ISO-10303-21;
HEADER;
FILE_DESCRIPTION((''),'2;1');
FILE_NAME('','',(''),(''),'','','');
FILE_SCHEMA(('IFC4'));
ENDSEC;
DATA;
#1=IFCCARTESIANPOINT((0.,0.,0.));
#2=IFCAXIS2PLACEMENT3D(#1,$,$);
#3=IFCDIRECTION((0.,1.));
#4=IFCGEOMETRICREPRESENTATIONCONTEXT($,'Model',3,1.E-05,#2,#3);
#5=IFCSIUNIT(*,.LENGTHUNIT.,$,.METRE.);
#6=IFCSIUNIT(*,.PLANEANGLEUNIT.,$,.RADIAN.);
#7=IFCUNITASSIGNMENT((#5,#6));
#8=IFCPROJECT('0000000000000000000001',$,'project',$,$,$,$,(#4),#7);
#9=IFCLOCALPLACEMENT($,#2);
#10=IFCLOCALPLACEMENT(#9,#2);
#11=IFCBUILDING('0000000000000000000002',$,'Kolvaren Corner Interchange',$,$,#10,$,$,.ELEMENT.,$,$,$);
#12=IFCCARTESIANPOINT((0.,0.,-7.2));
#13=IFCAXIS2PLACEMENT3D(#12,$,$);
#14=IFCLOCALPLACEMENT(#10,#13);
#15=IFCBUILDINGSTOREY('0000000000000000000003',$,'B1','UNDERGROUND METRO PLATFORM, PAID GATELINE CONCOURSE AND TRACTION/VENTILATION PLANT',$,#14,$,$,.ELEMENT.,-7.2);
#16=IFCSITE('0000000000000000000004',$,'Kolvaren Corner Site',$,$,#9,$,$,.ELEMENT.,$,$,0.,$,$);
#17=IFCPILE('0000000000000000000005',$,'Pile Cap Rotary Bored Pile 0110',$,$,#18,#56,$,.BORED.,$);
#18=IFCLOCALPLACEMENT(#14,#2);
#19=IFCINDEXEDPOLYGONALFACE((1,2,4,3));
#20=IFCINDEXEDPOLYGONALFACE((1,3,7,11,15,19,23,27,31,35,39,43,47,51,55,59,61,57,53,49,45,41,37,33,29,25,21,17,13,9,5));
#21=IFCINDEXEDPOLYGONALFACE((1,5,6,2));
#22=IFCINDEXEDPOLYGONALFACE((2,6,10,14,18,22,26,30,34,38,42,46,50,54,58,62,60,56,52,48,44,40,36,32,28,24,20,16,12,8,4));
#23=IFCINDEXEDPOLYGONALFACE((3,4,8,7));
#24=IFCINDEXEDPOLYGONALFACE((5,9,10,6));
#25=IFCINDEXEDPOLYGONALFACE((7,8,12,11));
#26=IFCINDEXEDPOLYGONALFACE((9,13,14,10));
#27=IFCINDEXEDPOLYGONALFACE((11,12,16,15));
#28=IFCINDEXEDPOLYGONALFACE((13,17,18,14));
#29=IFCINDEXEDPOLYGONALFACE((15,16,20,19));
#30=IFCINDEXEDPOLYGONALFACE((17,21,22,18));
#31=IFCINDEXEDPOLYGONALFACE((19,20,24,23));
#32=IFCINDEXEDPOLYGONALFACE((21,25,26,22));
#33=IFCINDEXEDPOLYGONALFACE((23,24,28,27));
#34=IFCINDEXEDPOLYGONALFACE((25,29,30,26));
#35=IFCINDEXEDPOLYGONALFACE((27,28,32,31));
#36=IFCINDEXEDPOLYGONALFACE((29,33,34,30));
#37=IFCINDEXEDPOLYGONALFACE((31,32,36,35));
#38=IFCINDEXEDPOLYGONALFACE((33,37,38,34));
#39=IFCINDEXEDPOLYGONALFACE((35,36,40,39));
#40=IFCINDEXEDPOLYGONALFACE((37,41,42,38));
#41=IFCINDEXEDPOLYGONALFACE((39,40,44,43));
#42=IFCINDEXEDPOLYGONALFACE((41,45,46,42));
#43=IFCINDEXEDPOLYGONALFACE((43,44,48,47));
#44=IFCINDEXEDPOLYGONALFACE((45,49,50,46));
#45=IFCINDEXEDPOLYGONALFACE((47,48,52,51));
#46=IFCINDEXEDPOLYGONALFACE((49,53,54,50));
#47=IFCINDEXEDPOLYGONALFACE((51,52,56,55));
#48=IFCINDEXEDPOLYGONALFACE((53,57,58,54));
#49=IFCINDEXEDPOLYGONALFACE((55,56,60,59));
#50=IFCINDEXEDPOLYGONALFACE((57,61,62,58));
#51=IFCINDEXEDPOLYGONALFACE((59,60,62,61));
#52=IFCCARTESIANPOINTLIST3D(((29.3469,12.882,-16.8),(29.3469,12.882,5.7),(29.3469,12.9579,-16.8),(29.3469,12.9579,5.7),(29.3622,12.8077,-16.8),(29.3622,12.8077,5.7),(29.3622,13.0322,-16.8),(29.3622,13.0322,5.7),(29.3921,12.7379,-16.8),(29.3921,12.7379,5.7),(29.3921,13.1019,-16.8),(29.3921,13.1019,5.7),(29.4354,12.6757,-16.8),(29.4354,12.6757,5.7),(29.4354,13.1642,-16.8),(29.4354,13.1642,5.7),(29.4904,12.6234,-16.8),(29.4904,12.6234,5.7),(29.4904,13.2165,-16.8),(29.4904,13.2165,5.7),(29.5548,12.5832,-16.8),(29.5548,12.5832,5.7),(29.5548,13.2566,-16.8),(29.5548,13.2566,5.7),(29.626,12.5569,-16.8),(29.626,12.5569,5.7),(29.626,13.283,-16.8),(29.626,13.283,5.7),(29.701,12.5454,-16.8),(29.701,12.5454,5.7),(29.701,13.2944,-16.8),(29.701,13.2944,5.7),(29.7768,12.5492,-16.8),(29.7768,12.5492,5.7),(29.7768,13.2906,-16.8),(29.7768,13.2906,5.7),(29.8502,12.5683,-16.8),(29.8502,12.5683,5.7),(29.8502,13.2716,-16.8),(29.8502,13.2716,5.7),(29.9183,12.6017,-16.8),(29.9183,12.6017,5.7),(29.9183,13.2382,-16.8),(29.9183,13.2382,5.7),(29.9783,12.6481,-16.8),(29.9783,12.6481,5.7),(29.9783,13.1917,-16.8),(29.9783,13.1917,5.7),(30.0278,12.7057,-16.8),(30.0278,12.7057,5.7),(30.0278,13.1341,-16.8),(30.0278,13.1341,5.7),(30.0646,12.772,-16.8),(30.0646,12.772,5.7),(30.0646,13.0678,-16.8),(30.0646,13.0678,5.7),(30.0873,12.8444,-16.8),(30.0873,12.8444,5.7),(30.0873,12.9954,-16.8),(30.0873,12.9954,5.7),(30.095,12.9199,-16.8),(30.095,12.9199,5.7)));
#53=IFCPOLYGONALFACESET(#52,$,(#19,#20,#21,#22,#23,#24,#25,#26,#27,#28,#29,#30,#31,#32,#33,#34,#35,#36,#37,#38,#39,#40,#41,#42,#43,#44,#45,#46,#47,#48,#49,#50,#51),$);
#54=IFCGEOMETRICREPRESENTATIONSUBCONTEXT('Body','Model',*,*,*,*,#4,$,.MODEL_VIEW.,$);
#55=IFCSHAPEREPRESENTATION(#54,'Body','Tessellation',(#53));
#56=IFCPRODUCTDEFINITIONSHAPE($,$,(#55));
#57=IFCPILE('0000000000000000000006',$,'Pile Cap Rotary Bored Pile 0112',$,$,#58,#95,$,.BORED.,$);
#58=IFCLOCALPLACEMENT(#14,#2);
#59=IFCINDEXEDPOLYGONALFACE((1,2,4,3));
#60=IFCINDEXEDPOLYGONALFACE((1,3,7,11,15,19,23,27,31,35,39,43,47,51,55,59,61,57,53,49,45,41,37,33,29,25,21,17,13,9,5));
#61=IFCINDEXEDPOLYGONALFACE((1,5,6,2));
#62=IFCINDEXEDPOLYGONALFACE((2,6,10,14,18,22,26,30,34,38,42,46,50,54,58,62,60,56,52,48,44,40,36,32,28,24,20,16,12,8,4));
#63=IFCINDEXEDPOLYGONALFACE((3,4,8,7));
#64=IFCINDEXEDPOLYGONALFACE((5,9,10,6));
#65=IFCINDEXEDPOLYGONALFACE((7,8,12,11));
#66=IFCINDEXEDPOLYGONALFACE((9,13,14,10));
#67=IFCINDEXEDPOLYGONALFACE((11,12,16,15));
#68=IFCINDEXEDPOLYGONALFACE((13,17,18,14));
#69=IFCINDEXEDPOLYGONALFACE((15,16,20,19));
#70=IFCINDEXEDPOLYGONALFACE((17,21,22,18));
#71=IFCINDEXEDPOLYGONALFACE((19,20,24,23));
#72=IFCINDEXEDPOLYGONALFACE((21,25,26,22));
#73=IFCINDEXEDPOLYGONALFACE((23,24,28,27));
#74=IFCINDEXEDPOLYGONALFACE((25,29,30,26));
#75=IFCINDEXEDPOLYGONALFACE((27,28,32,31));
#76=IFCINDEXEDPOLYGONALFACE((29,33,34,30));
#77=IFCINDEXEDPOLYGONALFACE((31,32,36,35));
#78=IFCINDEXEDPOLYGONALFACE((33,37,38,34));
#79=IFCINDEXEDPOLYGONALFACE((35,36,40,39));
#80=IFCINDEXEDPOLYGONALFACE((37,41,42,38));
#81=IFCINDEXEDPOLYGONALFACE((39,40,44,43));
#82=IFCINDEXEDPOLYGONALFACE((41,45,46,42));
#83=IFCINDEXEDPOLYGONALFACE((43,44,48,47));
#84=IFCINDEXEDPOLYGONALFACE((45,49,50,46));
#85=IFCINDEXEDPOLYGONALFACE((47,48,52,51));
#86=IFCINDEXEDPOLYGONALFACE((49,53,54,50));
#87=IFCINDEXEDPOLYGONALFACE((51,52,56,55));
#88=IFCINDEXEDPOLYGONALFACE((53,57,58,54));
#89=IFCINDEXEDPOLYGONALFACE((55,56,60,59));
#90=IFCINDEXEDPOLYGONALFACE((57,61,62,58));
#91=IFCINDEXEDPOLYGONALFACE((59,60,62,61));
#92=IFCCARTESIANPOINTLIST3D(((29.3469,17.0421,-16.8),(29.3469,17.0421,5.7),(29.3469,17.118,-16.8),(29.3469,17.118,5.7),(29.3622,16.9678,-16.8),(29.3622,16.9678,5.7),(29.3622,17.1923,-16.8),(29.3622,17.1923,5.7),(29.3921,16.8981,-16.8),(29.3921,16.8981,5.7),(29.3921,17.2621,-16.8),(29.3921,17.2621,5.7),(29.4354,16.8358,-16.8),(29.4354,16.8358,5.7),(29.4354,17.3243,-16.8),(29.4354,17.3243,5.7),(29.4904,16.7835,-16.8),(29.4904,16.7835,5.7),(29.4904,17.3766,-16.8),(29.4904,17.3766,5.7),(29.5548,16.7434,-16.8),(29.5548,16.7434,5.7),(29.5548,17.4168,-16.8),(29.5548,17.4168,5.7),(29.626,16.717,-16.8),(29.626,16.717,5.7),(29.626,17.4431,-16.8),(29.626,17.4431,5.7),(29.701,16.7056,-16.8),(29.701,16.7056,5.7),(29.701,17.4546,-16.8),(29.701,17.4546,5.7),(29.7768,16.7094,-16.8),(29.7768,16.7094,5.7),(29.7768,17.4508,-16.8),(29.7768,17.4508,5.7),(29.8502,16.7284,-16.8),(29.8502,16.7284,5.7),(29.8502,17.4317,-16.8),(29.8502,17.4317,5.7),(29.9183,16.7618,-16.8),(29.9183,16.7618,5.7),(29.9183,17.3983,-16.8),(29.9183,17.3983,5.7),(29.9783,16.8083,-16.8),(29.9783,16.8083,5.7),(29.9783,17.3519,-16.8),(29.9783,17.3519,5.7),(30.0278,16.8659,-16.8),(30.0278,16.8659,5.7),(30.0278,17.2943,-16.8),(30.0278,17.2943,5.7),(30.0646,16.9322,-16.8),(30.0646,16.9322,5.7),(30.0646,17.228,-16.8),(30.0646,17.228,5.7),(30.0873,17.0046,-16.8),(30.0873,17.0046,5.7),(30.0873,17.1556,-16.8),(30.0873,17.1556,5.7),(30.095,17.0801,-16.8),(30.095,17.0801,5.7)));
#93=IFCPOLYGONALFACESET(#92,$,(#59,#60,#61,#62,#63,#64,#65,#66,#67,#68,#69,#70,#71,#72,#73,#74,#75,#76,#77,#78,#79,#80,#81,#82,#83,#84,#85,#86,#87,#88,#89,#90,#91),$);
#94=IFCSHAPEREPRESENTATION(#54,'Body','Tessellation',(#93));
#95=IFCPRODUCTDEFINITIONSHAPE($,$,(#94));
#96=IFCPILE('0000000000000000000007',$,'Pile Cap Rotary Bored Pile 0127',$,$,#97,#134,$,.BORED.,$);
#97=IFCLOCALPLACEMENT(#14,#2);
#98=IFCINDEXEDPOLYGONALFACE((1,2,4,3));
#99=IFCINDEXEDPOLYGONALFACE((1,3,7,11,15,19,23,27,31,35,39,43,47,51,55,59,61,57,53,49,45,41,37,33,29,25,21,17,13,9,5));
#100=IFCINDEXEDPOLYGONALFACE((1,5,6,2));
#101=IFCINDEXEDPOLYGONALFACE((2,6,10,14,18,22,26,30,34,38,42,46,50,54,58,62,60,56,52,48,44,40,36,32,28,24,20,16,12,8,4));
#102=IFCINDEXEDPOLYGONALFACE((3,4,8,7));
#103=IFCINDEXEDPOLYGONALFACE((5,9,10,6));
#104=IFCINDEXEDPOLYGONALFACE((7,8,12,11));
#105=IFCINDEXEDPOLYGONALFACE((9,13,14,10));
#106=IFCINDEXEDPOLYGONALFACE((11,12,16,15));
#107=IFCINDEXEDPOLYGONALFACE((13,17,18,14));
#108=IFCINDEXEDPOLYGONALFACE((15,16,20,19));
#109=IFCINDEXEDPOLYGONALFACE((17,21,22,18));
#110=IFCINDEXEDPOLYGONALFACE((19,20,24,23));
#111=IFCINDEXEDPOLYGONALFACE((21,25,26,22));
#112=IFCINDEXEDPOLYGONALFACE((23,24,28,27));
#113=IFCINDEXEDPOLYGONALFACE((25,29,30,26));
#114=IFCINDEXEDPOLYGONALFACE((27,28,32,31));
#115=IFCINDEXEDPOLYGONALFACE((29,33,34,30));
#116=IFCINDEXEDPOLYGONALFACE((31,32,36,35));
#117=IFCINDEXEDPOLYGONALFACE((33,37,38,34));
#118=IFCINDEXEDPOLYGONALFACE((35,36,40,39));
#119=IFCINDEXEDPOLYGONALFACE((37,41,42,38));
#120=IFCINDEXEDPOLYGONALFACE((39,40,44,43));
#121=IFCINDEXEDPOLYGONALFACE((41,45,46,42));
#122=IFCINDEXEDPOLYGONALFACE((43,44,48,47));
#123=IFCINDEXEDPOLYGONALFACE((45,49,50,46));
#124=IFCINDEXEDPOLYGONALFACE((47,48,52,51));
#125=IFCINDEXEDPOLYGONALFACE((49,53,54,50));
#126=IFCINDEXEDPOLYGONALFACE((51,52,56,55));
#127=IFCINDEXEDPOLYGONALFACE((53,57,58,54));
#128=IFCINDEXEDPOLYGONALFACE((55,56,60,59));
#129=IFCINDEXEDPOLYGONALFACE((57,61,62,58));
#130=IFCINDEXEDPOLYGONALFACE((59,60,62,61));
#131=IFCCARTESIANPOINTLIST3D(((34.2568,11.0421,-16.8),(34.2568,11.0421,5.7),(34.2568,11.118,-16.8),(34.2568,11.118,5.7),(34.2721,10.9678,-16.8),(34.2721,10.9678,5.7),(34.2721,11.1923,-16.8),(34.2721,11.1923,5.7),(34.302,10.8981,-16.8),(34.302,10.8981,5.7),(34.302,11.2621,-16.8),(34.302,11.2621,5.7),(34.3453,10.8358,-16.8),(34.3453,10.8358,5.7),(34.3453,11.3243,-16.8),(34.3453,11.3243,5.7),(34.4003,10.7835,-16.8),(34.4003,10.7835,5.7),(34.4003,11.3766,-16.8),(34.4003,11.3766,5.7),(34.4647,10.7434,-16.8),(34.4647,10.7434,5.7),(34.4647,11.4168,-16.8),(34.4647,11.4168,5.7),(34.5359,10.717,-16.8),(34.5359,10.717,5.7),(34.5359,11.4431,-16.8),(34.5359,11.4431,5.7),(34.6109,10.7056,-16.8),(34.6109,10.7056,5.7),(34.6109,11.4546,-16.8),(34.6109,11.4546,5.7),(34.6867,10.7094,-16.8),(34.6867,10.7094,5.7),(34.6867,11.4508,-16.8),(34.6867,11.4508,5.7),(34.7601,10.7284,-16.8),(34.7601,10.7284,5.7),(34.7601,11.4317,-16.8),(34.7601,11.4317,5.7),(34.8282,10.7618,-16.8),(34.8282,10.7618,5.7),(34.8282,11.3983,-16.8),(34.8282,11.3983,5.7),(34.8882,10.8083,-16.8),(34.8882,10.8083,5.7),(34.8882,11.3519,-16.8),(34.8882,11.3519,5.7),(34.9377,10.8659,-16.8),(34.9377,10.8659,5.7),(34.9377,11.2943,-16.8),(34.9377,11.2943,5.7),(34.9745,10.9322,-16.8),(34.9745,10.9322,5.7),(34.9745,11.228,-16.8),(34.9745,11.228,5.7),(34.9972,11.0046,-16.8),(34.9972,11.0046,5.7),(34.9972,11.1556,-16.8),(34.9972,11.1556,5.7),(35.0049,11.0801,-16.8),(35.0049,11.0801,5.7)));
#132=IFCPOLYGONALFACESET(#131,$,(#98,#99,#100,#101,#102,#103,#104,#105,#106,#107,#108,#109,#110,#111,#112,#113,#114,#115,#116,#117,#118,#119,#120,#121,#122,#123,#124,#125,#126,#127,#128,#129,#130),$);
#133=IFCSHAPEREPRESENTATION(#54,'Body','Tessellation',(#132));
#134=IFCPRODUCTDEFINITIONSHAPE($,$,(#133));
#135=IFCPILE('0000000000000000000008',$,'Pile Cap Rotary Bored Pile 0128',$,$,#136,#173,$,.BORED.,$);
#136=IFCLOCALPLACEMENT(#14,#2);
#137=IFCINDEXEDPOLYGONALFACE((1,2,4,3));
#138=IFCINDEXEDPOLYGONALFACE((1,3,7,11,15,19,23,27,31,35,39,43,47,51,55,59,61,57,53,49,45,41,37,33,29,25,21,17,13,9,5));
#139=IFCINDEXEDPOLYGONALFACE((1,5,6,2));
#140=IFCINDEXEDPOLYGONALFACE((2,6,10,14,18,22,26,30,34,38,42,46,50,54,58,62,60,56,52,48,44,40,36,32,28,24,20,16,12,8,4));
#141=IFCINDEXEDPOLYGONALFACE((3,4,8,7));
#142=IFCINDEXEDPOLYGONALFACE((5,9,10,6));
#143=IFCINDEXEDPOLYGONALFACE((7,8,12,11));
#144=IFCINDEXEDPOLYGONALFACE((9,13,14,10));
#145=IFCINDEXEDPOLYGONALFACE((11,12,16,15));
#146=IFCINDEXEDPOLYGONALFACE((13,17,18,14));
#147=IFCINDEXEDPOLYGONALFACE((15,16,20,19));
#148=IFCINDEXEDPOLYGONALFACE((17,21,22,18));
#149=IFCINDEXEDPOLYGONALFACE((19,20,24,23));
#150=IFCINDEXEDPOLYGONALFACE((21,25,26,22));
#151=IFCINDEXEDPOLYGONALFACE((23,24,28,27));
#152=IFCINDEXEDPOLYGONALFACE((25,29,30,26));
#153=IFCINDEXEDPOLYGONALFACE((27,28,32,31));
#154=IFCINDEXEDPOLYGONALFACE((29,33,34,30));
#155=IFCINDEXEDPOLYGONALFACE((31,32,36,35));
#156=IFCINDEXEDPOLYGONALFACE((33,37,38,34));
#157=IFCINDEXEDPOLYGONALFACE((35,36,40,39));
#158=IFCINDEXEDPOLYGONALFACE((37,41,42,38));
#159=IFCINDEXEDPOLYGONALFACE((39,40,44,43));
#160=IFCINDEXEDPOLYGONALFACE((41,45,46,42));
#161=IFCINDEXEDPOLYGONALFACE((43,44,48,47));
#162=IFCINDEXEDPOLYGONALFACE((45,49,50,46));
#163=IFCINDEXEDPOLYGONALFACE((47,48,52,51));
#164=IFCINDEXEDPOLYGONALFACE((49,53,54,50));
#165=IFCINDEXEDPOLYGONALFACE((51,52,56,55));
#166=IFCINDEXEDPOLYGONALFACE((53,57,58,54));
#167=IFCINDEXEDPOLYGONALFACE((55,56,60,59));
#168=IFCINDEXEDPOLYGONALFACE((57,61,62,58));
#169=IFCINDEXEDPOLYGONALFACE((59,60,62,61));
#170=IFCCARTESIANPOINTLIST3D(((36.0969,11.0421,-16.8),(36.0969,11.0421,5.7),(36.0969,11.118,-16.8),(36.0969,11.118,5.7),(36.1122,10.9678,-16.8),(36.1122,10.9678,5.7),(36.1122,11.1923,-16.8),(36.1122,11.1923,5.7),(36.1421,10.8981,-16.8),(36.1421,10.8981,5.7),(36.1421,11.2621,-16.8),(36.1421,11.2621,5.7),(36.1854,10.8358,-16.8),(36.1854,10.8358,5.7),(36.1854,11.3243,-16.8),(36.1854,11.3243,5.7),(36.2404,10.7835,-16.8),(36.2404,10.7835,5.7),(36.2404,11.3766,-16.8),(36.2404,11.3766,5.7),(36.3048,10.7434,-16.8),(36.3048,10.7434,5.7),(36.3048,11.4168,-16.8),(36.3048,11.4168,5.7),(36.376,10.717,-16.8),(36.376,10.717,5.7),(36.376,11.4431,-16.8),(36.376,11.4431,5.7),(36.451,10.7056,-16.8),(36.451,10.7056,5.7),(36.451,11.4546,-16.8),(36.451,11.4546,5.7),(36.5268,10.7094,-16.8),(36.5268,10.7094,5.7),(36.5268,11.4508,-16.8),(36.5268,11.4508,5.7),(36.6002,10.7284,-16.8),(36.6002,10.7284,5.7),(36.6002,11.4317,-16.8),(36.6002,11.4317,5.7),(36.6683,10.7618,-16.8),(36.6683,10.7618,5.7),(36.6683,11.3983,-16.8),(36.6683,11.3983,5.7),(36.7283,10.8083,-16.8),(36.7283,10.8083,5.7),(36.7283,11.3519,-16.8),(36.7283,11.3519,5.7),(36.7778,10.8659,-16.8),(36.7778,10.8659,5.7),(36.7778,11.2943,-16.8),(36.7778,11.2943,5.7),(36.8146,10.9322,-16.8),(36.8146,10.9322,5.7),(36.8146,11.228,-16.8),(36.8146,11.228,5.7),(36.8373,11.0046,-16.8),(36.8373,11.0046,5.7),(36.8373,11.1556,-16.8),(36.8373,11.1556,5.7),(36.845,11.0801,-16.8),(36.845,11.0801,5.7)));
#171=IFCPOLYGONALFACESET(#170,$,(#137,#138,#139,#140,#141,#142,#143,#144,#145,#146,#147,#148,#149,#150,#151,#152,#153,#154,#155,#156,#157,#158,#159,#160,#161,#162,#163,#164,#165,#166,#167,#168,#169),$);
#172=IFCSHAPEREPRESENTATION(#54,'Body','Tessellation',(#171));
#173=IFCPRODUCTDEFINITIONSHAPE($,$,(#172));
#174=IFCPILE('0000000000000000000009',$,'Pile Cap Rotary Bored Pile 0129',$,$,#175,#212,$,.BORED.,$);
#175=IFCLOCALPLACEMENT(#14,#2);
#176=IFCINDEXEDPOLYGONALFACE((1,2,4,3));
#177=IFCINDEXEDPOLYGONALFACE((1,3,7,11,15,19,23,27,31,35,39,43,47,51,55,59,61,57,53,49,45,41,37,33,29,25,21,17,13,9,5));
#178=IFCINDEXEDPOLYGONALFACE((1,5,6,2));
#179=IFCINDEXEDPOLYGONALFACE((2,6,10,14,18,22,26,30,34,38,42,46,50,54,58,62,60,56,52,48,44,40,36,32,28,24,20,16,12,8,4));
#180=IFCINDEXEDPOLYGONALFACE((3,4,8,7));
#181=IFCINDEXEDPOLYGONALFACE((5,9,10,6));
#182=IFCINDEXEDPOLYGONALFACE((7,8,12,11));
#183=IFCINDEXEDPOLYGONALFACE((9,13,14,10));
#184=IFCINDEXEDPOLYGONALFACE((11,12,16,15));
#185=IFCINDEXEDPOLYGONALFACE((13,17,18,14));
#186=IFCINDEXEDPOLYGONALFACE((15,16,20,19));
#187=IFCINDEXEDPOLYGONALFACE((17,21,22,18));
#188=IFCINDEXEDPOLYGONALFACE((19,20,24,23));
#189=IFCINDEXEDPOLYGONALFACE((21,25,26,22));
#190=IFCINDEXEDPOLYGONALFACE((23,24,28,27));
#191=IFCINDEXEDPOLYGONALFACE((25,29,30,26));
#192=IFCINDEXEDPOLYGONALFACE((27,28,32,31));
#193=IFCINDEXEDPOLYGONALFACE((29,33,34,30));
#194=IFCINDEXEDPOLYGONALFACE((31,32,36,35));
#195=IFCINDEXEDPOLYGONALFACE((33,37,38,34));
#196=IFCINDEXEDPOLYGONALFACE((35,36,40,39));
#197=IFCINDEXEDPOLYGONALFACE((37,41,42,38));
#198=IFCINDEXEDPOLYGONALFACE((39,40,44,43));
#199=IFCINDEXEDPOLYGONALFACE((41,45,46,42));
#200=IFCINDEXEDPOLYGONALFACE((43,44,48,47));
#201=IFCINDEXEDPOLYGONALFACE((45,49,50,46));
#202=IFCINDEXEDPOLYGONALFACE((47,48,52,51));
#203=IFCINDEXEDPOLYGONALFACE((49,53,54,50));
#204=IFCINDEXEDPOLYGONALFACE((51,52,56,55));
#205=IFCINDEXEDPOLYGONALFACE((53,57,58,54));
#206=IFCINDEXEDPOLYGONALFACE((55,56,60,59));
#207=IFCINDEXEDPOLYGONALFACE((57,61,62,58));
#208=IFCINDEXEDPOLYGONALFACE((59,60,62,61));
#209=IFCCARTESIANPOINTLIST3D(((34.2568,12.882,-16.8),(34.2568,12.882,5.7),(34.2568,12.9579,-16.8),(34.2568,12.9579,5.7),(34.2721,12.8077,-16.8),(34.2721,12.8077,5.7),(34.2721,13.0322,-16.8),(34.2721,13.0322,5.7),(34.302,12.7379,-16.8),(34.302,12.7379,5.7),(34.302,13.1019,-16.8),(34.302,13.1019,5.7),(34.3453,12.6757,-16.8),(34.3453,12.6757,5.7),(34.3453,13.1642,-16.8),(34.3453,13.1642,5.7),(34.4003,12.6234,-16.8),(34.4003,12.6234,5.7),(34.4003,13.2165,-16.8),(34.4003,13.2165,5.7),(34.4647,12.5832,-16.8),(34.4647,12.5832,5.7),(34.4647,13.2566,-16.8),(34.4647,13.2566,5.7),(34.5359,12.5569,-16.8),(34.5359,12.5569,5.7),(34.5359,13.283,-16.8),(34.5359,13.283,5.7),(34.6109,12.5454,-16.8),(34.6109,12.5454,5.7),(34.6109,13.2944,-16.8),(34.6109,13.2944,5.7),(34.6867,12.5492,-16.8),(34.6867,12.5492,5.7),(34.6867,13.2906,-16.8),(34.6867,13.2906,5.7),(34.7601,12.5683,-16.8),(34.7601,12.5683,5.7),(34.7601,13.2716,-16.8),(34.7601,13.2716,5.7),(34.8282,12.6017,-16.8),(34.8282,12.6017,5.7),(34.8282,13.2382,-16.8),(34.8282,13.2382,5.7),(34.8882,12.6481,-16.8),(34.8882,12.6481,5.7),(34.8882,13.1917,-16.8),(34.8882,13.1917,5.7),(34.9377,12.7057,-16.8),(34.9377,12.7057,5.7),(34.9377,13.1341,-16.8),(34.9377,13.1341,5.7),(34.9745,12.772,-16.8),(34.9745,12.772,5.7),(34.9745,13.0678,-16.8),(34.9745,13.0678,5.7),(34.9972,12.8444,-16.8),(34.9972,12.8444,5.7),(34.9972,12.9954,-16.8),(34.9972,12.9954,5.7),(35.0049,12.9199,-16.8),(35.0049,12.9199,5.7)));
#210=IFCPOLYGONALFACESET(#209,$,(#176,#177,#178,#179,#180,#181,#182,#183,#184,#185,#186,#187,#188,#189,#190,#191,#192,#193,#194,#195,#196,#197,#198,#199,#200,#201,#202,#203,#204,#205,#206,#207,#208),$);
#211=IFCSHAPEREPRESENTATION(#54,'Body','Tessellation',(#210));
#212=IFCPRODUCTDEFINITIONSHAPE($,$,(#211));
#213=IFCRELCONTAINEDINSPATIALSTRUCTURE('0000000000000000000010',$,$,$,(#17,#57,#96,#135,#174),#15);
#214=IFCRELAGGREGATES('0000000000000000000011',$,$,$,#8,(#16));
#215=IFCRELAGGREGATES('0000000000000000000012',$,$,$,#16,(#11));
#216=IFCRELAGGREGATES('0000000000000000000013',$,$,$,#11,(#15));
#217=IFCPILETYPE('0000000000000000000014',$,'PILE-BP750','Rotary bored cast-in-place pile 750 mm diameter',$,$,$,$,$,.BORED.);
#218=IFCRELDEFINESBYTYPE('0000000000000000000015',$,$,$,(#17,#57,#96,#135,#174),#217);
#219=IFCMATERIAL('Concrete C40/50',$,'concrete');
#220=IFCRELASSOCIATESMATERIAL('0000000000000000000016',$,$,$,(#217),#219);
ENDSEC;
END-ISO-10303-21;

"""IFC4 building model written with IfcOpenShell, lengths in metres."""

from ifc_helpers import new_model, si_unit, direction, frame, origin, origin_2d, place, context, subcontext, project, spatial, circle, extrude, material, material_profile, profile_set, type_object, element, save


model = new_model("IFC4")

# Units and contexts
model_context = context("Model", 3, precision=1e-05, world=origin(), true_north=direction((0.0, 1.0)))
body_context = subcontext(model_context, "Body", "Model", "MODEL_VIEW")
ifc_project = project(units=[si_unit("LENGTHUNIT", "METRE"), si_unit("PLANEANGLEUNIT", "RADIAN")], contexts=[model_context])

# Site, building, storey
site_placement = place(None, origin())
site = spatial("IfcSite", under=ifc_project, at=site_placement, Name="Kolvaren Corner Site", CompositionType="ELEMENT", RefElevation=0.0)
building_placement = place(site_placement, origin())
building = spatial("IfcBuilding", under=site, at=building_placement, Name="Kolvaren Corner Interchange", CompositionType="ELEMENT")
storey_placement = place(building_placement, frame((0.0, 0.0, -7.2)))
storey = spatial("IfcBuildingStorey", under=building, at=storey_placement, Name="B1", Description="UNDERGROUND METRO PLATFORM, PAID GATELINE CONCOURSE AND TRACTION/VENTILATION PLANT", CompositionType="ELEMENT", Elevation=-7.2)

# Piles
ifc_material_1 = material(Name="Concrete C40/50", Category="concrete")
ifc_material_profile_1 = material_profile(ifc_material_1, circle(Radius=0.375, at=origin_2d()), Name="BORED PILE 750")
ifc_profile_set_1 = profile_set([ifc_material_profile_1], Name="Concrete C40/50")
pile_type_1 = type_object("IfcPileType", Name="PILE-BP750", Description="Rotary bored cast-in-place pile 750 mm diameter", PredefinedType="BORED", material=ifc_profile_set_1)
for number, where, z_axis, x_axis, name in (
    (1, (29.72, 12.9199, 5.7), (0.0, 0.0, -1.0), (1.0, 0.0, 0.0), "Pile Cap Rotary Bored Pile 0110"),
    (2, (29.72, 17.0801, 5.7), (0.0, 0.0, -1.0), (1.0, 0.0, 0.0), "Pile Cap Rotary Bored Pile 0112"),
    (3, (34.6299, 11.0801, 5.7), (0.0, 0.0, -1.0), (1.0, 0.0, 0.0), "Pile Cap Rotary Bored Pile 0127"),
    (4, (36.47, 11.0801, 5.7), (0.0, 0.0, -1.0), (1.0, 0.0, 0.0), "Pile Cap Rotary Bored Pile 0128"),
    (5, (34.6299, 12.9199, 5.7), (0.0, 0.0, -1.0), (1.0, 0.0, 0.0), "Pile Cap Rotary Bored Pile 0129"),
):
    element("IfcPile", number, at=place(storey_placement, frame(where, z_axis=z_axis, x_axis=x_axis)), inside=storey, type_object=pile_type_1, Name=name, PredefinedType="BORED", context=body_context, shape_type="SweptSolid", body=[
        extrude(circle(Radius=0.375, at=origin_2d()), origin(), (0.0, 0.0, 1.0), 22.5),
    ])

save(model, "model.ifc")
